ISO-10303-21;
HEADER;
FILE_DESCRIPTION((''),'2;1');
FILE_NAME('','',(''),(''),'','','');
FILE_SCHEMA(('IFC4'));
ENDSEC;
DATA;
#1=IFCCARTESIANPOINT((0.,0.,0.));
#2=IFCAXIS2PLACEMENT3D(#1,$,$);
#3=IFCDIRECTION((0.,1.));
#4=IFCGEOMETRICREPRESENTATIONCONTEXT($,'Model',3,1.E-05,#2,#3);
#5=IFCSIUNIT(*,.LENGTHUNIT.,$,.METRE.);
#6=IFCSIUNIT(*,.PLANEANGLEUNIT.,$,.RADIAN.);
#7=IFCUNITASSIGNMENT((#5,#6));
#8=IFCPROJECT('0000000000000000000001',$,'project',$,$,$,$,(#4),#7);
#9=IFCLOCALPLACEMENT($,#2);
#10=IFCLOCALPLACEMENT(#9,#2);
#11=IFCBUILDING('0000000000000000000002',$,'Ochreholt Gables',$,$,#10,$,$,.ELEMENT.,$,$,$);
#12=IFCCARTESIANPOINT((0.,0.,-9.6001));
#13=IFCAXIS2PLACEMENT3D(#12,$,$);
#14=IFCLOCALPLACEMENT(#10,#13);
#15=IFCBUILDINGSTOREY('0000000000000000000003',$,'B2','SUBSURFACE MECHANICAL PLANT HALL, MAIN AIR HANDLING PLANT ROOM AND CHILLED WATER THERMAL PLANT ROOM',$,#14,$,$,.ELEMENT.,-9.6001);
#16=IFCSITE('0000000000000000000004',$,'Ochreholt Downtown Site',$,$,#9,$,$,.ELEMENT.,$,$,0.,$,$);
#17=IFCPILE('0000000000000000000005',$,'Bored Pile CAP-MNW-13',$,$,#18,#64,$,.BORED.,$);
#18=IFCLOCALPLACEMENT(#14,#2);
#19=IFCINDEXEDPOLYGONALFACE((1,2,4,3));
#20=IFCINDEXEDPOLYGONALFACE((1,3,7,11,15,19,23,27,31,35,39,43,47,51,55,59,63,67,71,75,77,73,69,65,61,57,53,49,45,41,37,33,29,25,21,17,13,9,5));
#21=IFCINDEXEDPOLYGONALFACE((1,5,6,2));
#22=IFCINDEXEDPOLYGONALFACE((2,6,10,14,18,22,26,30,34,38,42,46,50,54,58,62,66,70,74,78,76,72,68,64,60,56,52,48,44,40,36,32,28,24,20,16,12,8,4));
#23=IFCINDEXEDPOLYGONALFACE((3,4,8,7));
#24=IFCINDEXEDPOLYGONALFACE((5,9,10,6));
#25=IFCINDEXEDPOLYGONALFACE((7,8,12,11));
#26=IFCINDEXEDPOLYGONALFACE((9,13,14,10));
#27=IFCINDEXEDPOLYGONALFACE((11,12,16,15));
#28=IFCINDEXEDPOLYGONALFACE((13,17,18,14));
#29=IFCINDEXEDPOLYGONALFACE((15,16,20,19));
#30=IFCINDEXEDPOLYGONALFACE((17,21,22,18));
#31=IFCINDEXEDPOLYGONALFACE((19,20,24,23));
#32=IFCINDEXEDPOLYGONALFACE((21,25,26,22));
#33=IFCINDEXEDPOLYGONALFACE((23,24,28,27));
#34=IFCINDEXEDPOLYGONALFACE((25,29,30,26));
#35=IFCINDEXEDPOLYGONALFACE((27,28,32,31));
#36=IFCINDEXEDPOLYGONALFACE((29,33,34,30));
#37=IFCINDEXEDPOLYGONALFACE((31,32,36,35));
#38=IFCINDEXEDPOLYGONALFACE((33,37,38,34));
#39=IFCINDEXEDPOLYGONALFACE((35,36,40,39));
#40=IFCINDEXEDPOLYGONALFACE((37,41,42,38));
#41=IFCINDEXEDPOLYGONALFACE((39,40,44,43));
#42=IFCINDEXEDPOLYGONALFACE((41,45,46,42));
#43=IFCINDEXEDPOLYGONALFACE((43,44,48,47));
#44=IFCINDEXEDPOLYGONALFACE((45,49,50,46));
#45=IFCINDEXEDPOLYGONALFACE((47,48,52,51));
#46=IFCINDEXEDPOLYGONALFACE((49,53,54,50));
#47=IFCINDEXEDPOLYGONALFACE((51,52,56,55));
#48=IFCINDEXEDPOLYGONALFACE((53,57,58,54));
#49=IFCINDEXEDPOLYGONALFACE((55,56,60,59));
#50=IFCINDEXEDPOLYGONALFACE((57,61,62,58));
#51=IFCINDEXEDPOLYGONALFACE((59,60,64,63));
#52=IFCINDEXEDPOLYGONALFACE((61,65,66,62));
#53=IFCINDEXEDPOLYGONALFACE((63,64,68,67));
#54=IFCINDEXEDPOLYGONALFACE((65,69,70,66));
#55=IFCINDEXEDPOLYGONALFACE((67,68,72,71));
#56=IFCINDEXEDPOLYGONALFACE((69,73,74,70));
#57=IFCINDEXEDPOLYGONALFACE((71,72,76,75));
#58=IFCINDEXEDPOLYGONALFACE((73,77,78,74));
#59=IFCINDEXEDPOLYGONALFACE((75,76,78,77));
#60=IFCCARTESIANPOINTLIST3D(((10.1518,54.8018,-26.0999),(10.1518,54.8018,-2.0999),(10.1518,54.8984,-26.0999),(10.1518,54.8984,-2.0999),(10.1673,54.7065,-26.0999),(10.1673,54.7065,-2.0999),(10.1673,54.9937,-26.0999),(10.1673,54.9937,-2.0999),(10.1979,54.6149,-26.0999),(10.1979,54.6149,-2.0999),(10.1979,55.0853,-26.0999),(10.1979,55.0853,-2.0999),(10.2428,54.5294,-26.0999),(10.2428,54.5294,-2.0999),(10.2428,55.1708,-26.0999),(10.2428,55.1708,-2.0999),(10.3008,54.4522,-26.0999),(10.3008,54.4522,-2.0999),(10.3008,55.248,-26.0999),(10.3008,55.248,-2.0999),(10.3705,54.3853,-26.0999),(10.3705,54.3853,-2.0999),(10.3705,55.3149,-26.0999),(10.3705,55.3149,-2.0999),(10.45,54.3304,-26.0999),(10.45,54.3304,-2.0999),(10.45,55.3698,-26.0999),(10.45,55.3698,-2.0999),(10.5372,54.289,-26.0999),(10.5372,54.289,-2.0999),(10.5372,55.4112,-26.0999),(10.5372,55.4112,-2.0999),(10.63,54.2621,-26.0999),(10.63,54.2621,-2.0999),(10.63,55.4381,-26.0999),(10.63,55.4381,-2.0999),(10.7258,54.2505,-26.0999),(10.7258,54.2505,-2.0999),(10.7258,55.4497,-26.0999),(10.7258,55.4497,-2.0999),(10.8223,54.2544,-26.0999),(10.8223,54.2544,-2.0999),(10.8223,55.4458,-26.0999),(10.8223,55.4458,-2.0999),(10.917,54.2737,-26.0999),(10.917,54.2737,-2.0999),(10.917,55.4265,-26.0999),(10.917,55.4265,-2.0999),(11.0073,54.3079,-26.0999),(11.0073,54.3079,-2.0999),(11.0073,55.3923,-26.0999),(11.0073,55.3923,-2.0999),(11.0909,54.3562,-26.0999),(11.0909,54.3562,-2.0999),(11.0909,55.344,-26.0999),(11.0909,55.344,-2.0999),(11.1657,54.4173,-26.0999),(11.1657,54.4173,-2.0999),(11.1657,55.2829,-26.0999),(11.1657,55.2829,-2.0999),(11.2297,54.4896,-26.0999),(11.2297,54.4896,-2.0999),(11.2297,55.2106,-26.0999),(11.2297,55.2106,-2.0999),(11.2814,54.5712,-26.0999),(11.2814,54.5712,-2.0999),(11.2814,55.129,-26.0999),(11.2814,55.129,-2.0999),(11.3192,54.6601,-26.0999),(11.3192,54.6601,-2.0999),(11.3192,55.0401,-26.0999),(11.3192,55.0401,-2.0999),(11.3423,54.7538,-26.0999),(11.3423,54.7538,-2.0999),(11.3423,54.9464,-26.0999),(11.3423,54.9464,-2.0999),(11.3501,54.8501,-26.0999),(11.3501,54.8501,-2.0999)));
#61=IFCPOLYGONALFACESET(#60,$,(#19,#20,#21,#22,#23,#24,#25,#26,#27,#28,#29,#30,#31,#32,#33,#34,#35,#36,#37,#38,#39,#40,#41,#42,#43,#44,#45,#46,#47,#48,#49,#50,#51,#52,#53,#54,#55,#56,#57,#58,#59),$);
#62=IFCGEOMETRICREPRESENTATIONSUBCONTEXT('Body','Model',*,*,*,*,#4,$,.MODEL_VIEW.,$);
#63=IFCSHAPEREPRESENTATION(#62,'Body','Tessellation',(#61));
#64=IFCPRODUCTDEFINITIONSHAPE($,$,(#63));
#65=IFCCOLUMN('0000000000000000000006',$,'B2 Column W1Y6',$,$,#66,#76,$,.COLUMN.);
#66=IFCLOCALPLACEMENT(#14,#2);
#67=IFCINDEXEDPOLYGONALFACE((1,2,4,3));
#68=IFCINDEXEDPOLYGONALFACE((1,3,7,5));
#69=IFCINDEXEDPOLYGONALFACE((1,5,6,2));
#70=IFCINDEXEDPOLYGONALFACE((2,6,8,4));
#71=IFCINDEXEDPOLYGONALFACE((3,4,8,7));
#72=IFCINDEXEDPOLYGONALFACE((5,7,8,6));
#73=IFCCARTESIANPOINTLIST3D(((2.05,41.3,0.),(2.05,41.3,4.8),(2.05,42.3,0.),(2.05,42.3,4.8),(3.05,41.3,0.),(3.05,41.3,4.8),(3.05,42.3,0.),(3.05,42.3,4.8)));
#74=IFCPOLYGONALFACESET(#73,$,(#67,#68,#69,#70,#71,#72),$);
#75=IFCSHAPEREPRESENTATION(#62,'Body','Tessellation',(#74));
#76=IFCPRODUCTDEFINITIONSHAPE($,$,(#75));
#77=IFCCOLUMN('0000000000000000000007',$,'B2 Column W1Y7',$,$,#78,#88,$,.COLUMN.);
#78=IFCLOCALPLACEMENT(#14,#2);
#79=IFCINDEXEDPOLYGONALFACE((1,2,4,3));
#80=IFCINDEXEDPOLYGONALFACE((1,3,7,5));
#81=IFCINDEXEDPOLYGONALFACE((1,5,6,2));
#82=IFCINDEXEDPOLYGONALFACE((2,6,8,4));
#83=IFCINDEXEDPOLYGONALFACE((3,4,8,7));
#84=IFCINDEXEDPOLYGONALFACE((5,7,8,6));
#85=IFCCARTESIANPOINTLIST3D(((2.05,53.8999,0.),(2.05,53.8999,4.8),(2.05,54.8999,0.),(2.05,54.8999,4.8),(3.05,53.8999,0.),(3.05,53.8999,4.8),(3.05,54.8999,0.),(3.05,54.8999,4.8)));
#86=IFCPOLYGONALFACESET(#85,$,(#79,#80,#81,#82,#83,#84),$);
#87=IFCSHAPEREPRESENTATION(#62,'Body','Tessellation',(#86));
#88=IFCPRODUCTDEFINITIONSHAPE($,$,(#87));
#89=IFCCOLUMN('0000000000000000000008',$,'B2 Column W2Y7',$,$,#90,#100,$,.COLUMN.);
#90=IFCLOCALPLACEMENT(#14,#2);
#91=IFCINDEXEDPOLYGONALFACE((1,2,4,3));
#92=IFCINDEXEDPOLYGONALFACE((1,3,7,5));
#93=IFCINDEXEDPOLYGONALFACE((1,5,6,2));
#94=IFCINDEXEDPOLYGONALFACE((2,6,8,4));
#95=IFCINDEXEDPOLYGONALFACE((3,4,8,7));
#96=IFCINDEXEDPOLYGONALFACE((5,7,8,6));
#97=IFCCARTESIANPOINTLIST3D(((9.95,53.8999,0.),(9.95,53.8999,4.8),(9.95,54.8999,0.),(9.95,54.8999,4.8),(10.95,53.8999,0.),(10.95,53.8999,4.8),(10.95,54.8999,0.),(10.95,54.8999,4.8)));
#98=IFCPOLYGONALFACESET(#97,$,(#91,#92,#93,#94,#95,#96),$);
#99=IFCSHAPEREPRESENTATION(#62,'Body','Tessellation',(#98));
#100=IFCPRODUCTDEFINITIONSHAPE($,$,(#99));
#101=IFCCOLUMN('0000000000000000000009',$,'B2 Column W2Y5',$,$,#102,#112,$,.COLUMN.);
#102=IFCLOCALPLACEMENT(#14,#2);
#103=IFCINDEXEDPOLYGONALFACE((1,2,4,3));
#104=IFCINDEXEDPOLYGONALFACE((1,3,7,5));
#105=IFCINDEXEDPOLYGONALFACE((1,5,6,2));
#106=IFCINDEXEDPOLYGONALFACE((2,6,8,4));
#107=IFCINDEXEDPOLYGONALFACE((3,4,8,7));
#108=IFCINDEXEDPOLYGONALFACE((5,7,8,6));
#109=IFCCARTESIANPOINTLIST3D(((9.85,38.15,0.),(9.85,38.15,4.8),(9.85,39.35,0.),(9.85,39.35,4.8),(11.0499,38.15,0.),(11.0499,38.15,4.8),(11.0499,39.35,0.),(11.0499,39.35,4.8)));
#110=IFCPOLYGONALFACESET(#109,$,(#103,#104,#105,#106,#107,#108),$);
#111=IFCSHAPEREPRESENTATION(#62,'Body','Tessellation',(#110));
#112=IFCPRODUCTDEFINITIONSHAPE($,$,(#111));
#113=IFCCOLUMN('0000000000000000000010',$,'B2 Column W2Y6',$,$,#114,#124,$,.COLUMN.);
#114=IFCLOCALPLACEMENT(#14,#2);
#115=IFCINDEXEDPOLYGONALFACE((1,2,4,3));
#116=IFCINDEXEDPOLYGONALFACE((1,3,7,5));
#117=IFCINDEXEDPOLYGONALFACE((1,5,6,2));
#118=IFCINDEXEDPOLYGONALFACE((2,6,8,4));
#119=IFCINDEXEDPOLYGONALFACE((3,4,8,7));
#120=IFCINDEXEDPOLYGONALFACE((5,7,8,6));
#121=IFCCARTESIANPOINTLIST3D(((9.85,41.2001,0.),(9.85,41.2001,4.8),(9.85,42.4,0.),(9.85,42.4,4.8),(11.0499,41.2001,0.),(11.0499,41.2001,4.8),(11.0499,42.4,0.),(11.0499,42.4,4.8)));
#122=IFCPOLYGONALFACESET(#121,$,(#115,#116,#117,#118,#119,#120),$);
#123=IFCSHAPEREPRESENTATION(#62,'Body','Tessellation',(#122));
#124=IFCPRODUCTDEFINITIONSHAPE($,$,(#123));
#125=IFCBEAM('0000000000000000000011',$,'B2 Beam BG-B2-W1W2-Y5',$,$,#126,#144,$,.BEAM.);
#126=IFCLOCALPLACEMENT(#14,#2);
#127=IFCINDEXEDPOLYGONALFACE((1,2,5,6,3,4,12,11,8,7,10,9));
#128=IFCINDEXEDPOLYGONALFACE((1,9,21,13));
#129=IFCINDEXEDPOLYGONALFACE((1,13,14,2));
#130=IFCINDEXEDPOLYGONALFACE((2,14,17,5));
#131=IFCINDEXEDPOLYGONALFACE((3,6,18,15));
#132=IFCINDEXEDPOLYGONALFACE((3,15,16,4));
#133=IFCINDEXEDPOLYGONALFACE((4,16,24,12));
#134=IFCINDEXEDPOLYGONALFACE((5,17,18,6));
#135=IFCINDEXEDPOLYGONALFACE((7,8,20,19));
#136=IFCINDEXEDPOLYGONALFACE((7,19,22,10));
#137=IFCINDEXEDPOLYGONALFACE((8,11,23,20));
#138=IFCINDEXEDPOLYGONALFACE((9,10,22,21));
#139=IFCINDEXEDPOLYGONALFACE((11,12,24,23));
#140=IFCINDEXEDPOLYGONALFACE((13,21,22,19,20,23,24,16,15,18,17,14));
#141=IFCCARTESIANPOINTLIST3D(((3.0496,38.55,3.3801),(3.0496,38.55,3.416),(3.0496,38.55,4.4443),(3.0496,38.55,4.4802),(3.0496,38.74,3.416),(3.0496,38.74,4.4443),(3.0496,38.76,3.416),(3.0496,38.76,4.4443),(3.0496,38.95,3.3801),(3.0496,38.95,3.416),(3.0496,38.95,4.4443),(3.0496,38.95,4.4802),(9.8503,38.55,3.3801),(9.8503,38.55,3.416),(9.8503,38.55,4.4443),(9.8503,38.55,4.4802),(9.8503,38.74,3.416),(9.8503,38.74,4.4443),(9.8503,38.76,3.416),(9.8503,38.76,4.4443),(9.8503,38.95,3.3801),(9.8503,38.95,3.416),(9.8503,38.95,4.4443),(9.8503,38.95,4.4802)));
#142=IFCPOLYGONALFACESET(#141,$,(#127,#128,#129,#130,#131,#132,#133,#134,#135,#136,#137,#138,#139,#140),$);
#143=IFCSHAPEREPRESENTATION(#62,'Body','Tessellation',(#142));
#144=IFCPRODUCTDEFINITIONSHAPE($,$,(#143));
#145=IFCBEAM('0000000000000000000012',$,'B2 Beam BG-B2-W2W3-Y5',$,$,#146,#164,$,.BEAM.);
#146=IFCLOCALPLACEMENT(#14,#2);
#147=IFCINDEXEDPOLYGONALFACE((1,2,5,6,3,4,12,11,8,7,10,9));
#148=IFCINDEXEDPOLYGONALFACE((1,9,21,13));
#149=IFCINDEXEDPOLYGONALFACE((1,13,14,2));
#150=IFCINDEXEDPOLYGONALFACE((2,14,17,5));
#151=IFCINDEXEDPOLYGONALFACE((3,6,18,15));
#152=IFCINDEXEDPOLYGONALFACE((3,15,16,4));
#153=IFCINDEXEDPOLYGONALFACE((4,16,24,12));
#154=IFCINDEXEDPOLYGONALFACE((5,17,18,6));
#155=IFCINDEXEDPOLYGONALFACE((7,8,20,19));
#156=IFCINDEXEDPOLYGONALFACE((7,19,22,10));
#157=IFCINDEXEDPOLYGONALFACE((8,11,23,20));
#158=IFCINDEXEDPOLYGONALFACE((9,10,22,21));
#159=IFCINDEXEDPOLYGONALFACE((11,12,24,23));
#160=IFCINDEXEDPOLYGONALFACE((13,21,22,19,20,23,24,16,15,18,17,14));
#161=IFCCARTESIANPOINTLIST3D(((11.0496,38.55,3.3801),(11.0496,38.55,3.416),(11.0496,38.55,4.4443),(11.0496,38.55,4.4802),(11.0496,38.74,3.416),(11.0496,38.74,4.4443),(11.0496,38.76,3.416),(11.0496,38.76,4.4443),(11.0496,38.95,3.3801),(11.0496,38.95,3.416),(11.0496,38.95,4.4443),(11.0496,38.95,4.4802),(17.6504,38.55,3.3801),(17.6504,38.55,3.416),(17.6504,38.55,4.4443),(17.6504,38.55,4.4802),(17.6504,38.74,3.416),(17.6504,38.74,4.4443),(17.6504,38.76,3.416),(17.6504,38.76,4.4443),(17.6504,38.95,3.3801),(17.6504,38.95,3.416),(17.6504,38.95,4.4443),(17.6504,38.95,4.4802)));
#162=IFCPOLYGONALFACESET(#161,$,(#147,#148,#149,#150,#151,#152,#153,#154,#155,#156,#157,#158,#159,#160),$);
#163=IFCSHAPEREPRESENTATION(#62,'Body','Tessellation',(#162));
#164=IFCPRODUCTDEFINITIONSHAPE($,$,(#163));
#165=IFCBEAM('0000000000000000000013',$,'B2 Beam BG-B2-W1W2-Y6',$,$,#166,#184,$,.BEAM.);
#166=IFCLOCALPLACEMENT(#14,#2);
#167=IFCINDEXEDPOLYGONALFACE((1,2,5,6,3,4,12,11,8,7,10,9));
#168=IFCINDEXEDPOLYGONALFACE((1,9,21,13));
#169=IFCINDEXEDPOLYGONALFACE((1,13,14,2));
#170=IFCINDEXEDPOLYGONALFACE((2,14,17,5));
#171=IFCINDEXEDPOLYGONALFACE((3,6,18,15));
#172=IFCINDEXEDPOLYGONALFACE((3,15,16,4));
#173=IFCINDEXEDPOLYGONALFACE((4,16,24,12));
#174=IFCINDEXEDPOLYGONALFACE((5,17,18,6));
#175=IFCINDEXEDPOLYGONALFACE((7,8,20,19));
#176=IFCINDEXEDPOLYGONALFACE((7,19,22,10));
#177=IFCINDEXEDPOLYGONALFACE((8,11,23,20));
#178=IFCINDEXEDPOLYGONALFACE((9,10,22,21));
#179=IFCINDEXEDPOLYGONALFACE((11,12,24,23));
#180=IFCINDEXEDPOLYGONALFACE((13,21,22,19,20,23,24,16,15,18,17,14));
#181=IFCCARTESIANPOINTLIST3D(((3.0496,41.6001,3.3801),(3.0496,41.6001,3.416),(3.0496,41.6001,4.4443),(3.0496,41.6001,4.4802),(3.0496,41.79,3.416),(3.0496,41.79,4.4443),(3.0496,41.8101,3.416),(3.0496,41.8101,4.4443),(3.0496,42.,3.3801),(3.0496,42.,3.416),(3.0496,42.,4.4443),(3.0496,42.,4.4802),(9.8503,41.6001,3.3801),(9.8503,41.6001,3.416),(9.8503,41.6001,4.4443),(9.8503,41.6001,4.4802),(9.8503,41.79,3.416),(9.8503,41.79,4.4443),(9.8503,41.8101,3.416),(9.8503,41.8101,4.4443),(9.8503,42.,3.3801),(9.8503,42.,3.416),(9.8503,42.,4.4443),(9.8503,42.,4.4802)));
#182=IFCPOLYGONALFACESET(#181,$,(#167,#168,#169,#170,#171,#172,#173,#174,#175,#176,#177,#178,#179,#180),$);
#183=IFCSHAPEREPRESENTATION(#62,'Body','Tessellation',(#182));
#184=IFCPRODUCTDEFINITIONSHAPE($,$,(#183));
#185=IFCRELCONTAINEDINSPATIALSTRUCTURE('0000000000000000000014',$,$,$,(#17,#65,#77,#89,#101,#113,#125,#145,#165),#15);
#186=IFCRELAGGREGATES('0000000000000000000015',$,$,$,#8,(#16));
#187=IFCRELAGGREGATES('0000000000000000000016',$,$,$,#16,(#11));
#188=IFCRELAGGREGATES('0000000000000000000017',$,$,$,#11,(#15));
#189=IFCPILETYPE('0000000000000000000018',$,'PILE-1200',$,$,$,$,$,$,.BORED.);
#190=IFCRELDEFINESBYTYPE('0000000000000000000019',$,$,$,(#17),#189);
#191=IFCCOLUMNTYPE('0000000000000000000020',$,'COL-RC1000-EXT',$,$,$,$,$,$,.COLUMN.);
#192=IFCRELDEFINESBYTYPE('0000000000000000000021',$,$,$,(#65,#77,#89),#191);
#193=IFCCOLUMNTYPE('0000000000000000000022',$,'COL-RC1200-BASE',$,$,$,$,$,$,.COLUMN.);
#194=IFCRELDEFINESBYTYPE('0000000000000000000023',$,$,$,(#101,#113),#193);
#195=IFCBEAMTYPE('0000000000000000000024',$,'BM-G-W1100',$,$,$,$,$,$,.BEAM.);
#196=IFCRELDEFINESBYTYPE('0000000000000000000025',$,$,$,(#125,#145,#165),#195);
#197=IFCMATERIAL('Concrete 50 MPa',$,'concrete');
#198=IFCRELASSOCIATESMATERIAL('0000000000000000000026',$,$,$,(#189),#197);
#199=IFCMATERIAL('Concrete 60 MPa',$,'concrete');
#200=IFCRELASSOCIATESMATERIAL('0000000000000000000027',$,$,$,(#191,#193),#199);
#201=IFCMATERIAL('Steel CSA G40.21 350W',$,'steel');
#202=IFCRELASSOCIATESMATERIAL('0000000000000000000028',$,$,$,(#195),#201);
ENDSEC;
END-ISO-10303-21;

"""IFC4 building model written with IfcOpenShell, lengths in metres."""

from ifc_helpers import new_model, si_unit, direction, frame, origin, origin_2d, place, context, subcontext, project, spatial, rectangle, circle, i_section, extrude, material, material_profile, profile_set, type_object, element, save


model = new_model("IFC4")

# Units and contexts
model_context = context("Model", 3, precision=1e-05, world=origin(), true_north=direction((0.0, 1.0)))
body_context = subcontext(model_context, "Body", "Model", "MODEL_VIEW")
ifc_project = project(units=[si_unit("LENGTHUNIT", "METRE"), si_unit("PLANEANGLEUNIT", "RADIAN")], contexts=[model_context])

# Site, building, storey
site_placement = place(None, origin())
site = spatial("IfcSite", under=ifc_project, at=site_placement, Name="Ochreholt Downtown Site", CompositionType="ELEMENT", RefElevation=0.0)
building_placement = place(site_placement, origin())
building = spatial("IfcBuilding", under=site, at=building_placement, Name="Ochreholt Gables", CompositionType="ELEMENT")
storey_placement = place(building_placement, frame((0.0, 0.0, -9.6001)))
storey = spatial("IfcBuildingStorey", under=building, at=storey_placement, Name="B2", Description="SUBSURFACE MECHANICAL PLANT HALL, MAIN AIR HANDLING PLANT ROOM AND CHILLED WATER THERMAL PLANT ROOM", CompositionType="ELEMENT", Elevation=-9.6001)

# Shared definitions
ifc_material_1 = material(Name="Concrete 50 MPa", Category="concrete")

# Pile
ifc_material_profile_1 = material_profile(ifc_material_1, circle(Radius=0.6001, at=origin_2d()), Name="PILE1200")
ifc_profile_set_1 = profile_set([ifc_material_profile_1], Name="Concrete 50 MPa")
pile_type = type_object("IfcPileType", Name="PILE-1200", PredefinedType="BORED", material=ifc_profile_set_1)
pile_1_placement = place(storey_placement, frame((10.75, 54.8501, -2.0999), z_axis=(0.0, 0.0, -1.0), x_axis=(1.0, 0.0, 0.0)))
element("IfcPile", 1, at=pile_1_placement, inside=storey, type_object=pile_type, Name="Bored Pile CAP-MNW-13", PredefinedType="BORED", context=body_context, shape_type="SweptSolid", body=[
    extrude(circle(Radius=0.6001, at=origin_2d()), origin(), (0.0, 0.0, 1.0), 24.0),
])

# Columns
ifc_material_2 = material(Name="Concrete 60 MPa", Category="concrete")
ifc_material_profile_2 = material_profile(ifc_material_2, rectangle(XDim=1.0, YDim=1.0, at=origin_2d()), Name="RC1000X1000")
ifc_profile_set_2 = profile_set([ifc_material_profile_2], Name="Concrete 60 MPa")
column_type_1 = type_object("IfcColumnType", Name="COL-RC1000-EXT", PredefinedType="COLUMN", material=ifc_profile_set_2)
for number, where, z_axis, x_axis, name in (
    (2, (2.55, 41.8, 0.0), (0.0, 0.0, 1.0), (1.0, 0.0, 0.0), "B2 Column W1Y6"),
    (3, (2.55, 54.3999, 0.0), (0.0, 0.0, 1.0), (1.0, 0.0, 0.0), "B2 Column W1Y7"),
    (4, (10.45, 54.3999, 0.0), (0.0, 0.0, 1.0), (1.0, 0.0, 0.0), "B2 Column W2Y7"),
):
    element("IfcColumn", number, at=place(storey_placement, frame(where, z_axis=z_axis, x_axis=x_axis)), inside=storey, type_object=column_type_1, Name=name, PredefinedType="COLUMN", context=body_context, shape_type="SweptSolid", body=[
        extrude(rectangle(XDim=1.0, YDim=1.0, at=origin_2d()), origin(), (0.0, 0.0, 1.0), 4.8),
    ])
ifc_material_profile_3 = material_profile(ifc_material_2, rectangle(XDim=1.2, YDim=1.2, at=origin_2d()), Name="RC1200X1200")
ifc_profile_set_3 = profile_set([ifc_material_profile_3], Name="Concrete 60 MPa")
column_type_2 = type_object("IfcColumnType", Name="COL-RC1200-BASE", PredefinedType="COLUMN", material=ifc_profile_set_3)
for number, where, z_axis, x_axis, name in (
    (5, (10.45, 38.75, 0.0), (0.0, 0.0, 1.0), (1.0, 0.0, 0.0), "B2 Column W2Y5"),
    (6, (10.45, 41.8, 0.0), (0.0, 0.0, 1.0), (1.0, 0.0, 0.0), "B2 Column W2Y6"),
):
    element("IfcColumn", number, at=place(storey_placement, frame(where, z_axis=z_axis, x_axis=x_axis)), inside=storey, type_object=column_type_2, Name=name, PredefinedType="COLUMN", context=body_context, shape_type="SweptSolid", body=[
        extrude(rectangle(XDim=1.2, YDim=1.2, at=origin_2d()), origin(), (0.0, 0.0, 1.0), 4.8),
    ])

# Beams
ifc_material_3 = material(Name="Steel CSA G40.21 350W", Category="steel")
ifc_material_profile_4 = material_profile(ifc_material_3, i_section(OverallWidth=0.3999, OverallDepth=1.1001, WebThickness=0.02, FlangeThickness=0.0359, at=origin_2d()), Name="W1100X390")
ifc_profile_set_4 = profile_set([ifc_material_profile_4], Name="Steel CSA G40.21 350W")
beam_type_1 = type_object("IfcBeamType", Name="BM-G-W1100", PredefinedType="BEAM", material=ifc_profile_set_4)
beam_1_placement = place(storey_placement, frame((3.0496, 38.75, 3.9302), z_axis=(1.0, 0.0, 0.0), x_axis=(0.0, 1.0, 0.0)))
element("IfcBeam", 7, at=beam_1_placement, inside=storey, type_object=beam_type_1, Name="B2 Beam BG-B2-W1W2-Y5", PredefinedType="BEAM", context=body_context, shape_type="SweptSolid", body=[
    extrude(i_section(OverallWidth=0.3999, OverallDepth=1.1001, WebThickness=0.02, FlangeThickness=0.0359, at=origin_2d()), origin(), (0.0, 0.0, 1.0), 6.8008),
])
beam_2_placement = place(storey_placement, frame((11.0496, 38.75, 3.9302), z_axis=(1.0, 0.0, 0.0), x_axis=(0.0, 1.0, 0.0)))
element("IfcBeam", 8, at=beam_2_placement, inside=storey, type_object=beam_type_1, Name="B2 Beam BG-B2-W2W3-Y5", PredefinedType="BEAM", context=body_context, shape_type="SweptSolid", body=[
    extrude(i_section(OverallWidth=0.3999, OverallDepth=1.1001, WebThickness=0.02, FlangeThickness=0.0359, at=origin_2d()), origin(), (0.0, 0.0, 1.0), 6.6008),
])
beam_3_placement = place(storey_placement, frame((3.0496, 41.8, 3.9302), z_axis=(1.0, 0.0, 0.0), x_axis=(0.0, 1.0, 0.0)))
element("IfcBeam", 9, at=beam_3_placement, inside=storey, type_object=beam_type_1, Name="B2 Beam BG-B2-W1W2-Y6", PredefinedType="BEAM", context=body_context, shape_type="SweptSolid", body=[
    extrude(i_section(OverallWidth=0.3999, OverallDepth=1.1001, WebThickness=0.02, FlangeThickness=0.0359, at=origin_2d()), origin(), (0.0, 0.0, 1.0), 6.8008),
])

save(model, "model.ifc")
